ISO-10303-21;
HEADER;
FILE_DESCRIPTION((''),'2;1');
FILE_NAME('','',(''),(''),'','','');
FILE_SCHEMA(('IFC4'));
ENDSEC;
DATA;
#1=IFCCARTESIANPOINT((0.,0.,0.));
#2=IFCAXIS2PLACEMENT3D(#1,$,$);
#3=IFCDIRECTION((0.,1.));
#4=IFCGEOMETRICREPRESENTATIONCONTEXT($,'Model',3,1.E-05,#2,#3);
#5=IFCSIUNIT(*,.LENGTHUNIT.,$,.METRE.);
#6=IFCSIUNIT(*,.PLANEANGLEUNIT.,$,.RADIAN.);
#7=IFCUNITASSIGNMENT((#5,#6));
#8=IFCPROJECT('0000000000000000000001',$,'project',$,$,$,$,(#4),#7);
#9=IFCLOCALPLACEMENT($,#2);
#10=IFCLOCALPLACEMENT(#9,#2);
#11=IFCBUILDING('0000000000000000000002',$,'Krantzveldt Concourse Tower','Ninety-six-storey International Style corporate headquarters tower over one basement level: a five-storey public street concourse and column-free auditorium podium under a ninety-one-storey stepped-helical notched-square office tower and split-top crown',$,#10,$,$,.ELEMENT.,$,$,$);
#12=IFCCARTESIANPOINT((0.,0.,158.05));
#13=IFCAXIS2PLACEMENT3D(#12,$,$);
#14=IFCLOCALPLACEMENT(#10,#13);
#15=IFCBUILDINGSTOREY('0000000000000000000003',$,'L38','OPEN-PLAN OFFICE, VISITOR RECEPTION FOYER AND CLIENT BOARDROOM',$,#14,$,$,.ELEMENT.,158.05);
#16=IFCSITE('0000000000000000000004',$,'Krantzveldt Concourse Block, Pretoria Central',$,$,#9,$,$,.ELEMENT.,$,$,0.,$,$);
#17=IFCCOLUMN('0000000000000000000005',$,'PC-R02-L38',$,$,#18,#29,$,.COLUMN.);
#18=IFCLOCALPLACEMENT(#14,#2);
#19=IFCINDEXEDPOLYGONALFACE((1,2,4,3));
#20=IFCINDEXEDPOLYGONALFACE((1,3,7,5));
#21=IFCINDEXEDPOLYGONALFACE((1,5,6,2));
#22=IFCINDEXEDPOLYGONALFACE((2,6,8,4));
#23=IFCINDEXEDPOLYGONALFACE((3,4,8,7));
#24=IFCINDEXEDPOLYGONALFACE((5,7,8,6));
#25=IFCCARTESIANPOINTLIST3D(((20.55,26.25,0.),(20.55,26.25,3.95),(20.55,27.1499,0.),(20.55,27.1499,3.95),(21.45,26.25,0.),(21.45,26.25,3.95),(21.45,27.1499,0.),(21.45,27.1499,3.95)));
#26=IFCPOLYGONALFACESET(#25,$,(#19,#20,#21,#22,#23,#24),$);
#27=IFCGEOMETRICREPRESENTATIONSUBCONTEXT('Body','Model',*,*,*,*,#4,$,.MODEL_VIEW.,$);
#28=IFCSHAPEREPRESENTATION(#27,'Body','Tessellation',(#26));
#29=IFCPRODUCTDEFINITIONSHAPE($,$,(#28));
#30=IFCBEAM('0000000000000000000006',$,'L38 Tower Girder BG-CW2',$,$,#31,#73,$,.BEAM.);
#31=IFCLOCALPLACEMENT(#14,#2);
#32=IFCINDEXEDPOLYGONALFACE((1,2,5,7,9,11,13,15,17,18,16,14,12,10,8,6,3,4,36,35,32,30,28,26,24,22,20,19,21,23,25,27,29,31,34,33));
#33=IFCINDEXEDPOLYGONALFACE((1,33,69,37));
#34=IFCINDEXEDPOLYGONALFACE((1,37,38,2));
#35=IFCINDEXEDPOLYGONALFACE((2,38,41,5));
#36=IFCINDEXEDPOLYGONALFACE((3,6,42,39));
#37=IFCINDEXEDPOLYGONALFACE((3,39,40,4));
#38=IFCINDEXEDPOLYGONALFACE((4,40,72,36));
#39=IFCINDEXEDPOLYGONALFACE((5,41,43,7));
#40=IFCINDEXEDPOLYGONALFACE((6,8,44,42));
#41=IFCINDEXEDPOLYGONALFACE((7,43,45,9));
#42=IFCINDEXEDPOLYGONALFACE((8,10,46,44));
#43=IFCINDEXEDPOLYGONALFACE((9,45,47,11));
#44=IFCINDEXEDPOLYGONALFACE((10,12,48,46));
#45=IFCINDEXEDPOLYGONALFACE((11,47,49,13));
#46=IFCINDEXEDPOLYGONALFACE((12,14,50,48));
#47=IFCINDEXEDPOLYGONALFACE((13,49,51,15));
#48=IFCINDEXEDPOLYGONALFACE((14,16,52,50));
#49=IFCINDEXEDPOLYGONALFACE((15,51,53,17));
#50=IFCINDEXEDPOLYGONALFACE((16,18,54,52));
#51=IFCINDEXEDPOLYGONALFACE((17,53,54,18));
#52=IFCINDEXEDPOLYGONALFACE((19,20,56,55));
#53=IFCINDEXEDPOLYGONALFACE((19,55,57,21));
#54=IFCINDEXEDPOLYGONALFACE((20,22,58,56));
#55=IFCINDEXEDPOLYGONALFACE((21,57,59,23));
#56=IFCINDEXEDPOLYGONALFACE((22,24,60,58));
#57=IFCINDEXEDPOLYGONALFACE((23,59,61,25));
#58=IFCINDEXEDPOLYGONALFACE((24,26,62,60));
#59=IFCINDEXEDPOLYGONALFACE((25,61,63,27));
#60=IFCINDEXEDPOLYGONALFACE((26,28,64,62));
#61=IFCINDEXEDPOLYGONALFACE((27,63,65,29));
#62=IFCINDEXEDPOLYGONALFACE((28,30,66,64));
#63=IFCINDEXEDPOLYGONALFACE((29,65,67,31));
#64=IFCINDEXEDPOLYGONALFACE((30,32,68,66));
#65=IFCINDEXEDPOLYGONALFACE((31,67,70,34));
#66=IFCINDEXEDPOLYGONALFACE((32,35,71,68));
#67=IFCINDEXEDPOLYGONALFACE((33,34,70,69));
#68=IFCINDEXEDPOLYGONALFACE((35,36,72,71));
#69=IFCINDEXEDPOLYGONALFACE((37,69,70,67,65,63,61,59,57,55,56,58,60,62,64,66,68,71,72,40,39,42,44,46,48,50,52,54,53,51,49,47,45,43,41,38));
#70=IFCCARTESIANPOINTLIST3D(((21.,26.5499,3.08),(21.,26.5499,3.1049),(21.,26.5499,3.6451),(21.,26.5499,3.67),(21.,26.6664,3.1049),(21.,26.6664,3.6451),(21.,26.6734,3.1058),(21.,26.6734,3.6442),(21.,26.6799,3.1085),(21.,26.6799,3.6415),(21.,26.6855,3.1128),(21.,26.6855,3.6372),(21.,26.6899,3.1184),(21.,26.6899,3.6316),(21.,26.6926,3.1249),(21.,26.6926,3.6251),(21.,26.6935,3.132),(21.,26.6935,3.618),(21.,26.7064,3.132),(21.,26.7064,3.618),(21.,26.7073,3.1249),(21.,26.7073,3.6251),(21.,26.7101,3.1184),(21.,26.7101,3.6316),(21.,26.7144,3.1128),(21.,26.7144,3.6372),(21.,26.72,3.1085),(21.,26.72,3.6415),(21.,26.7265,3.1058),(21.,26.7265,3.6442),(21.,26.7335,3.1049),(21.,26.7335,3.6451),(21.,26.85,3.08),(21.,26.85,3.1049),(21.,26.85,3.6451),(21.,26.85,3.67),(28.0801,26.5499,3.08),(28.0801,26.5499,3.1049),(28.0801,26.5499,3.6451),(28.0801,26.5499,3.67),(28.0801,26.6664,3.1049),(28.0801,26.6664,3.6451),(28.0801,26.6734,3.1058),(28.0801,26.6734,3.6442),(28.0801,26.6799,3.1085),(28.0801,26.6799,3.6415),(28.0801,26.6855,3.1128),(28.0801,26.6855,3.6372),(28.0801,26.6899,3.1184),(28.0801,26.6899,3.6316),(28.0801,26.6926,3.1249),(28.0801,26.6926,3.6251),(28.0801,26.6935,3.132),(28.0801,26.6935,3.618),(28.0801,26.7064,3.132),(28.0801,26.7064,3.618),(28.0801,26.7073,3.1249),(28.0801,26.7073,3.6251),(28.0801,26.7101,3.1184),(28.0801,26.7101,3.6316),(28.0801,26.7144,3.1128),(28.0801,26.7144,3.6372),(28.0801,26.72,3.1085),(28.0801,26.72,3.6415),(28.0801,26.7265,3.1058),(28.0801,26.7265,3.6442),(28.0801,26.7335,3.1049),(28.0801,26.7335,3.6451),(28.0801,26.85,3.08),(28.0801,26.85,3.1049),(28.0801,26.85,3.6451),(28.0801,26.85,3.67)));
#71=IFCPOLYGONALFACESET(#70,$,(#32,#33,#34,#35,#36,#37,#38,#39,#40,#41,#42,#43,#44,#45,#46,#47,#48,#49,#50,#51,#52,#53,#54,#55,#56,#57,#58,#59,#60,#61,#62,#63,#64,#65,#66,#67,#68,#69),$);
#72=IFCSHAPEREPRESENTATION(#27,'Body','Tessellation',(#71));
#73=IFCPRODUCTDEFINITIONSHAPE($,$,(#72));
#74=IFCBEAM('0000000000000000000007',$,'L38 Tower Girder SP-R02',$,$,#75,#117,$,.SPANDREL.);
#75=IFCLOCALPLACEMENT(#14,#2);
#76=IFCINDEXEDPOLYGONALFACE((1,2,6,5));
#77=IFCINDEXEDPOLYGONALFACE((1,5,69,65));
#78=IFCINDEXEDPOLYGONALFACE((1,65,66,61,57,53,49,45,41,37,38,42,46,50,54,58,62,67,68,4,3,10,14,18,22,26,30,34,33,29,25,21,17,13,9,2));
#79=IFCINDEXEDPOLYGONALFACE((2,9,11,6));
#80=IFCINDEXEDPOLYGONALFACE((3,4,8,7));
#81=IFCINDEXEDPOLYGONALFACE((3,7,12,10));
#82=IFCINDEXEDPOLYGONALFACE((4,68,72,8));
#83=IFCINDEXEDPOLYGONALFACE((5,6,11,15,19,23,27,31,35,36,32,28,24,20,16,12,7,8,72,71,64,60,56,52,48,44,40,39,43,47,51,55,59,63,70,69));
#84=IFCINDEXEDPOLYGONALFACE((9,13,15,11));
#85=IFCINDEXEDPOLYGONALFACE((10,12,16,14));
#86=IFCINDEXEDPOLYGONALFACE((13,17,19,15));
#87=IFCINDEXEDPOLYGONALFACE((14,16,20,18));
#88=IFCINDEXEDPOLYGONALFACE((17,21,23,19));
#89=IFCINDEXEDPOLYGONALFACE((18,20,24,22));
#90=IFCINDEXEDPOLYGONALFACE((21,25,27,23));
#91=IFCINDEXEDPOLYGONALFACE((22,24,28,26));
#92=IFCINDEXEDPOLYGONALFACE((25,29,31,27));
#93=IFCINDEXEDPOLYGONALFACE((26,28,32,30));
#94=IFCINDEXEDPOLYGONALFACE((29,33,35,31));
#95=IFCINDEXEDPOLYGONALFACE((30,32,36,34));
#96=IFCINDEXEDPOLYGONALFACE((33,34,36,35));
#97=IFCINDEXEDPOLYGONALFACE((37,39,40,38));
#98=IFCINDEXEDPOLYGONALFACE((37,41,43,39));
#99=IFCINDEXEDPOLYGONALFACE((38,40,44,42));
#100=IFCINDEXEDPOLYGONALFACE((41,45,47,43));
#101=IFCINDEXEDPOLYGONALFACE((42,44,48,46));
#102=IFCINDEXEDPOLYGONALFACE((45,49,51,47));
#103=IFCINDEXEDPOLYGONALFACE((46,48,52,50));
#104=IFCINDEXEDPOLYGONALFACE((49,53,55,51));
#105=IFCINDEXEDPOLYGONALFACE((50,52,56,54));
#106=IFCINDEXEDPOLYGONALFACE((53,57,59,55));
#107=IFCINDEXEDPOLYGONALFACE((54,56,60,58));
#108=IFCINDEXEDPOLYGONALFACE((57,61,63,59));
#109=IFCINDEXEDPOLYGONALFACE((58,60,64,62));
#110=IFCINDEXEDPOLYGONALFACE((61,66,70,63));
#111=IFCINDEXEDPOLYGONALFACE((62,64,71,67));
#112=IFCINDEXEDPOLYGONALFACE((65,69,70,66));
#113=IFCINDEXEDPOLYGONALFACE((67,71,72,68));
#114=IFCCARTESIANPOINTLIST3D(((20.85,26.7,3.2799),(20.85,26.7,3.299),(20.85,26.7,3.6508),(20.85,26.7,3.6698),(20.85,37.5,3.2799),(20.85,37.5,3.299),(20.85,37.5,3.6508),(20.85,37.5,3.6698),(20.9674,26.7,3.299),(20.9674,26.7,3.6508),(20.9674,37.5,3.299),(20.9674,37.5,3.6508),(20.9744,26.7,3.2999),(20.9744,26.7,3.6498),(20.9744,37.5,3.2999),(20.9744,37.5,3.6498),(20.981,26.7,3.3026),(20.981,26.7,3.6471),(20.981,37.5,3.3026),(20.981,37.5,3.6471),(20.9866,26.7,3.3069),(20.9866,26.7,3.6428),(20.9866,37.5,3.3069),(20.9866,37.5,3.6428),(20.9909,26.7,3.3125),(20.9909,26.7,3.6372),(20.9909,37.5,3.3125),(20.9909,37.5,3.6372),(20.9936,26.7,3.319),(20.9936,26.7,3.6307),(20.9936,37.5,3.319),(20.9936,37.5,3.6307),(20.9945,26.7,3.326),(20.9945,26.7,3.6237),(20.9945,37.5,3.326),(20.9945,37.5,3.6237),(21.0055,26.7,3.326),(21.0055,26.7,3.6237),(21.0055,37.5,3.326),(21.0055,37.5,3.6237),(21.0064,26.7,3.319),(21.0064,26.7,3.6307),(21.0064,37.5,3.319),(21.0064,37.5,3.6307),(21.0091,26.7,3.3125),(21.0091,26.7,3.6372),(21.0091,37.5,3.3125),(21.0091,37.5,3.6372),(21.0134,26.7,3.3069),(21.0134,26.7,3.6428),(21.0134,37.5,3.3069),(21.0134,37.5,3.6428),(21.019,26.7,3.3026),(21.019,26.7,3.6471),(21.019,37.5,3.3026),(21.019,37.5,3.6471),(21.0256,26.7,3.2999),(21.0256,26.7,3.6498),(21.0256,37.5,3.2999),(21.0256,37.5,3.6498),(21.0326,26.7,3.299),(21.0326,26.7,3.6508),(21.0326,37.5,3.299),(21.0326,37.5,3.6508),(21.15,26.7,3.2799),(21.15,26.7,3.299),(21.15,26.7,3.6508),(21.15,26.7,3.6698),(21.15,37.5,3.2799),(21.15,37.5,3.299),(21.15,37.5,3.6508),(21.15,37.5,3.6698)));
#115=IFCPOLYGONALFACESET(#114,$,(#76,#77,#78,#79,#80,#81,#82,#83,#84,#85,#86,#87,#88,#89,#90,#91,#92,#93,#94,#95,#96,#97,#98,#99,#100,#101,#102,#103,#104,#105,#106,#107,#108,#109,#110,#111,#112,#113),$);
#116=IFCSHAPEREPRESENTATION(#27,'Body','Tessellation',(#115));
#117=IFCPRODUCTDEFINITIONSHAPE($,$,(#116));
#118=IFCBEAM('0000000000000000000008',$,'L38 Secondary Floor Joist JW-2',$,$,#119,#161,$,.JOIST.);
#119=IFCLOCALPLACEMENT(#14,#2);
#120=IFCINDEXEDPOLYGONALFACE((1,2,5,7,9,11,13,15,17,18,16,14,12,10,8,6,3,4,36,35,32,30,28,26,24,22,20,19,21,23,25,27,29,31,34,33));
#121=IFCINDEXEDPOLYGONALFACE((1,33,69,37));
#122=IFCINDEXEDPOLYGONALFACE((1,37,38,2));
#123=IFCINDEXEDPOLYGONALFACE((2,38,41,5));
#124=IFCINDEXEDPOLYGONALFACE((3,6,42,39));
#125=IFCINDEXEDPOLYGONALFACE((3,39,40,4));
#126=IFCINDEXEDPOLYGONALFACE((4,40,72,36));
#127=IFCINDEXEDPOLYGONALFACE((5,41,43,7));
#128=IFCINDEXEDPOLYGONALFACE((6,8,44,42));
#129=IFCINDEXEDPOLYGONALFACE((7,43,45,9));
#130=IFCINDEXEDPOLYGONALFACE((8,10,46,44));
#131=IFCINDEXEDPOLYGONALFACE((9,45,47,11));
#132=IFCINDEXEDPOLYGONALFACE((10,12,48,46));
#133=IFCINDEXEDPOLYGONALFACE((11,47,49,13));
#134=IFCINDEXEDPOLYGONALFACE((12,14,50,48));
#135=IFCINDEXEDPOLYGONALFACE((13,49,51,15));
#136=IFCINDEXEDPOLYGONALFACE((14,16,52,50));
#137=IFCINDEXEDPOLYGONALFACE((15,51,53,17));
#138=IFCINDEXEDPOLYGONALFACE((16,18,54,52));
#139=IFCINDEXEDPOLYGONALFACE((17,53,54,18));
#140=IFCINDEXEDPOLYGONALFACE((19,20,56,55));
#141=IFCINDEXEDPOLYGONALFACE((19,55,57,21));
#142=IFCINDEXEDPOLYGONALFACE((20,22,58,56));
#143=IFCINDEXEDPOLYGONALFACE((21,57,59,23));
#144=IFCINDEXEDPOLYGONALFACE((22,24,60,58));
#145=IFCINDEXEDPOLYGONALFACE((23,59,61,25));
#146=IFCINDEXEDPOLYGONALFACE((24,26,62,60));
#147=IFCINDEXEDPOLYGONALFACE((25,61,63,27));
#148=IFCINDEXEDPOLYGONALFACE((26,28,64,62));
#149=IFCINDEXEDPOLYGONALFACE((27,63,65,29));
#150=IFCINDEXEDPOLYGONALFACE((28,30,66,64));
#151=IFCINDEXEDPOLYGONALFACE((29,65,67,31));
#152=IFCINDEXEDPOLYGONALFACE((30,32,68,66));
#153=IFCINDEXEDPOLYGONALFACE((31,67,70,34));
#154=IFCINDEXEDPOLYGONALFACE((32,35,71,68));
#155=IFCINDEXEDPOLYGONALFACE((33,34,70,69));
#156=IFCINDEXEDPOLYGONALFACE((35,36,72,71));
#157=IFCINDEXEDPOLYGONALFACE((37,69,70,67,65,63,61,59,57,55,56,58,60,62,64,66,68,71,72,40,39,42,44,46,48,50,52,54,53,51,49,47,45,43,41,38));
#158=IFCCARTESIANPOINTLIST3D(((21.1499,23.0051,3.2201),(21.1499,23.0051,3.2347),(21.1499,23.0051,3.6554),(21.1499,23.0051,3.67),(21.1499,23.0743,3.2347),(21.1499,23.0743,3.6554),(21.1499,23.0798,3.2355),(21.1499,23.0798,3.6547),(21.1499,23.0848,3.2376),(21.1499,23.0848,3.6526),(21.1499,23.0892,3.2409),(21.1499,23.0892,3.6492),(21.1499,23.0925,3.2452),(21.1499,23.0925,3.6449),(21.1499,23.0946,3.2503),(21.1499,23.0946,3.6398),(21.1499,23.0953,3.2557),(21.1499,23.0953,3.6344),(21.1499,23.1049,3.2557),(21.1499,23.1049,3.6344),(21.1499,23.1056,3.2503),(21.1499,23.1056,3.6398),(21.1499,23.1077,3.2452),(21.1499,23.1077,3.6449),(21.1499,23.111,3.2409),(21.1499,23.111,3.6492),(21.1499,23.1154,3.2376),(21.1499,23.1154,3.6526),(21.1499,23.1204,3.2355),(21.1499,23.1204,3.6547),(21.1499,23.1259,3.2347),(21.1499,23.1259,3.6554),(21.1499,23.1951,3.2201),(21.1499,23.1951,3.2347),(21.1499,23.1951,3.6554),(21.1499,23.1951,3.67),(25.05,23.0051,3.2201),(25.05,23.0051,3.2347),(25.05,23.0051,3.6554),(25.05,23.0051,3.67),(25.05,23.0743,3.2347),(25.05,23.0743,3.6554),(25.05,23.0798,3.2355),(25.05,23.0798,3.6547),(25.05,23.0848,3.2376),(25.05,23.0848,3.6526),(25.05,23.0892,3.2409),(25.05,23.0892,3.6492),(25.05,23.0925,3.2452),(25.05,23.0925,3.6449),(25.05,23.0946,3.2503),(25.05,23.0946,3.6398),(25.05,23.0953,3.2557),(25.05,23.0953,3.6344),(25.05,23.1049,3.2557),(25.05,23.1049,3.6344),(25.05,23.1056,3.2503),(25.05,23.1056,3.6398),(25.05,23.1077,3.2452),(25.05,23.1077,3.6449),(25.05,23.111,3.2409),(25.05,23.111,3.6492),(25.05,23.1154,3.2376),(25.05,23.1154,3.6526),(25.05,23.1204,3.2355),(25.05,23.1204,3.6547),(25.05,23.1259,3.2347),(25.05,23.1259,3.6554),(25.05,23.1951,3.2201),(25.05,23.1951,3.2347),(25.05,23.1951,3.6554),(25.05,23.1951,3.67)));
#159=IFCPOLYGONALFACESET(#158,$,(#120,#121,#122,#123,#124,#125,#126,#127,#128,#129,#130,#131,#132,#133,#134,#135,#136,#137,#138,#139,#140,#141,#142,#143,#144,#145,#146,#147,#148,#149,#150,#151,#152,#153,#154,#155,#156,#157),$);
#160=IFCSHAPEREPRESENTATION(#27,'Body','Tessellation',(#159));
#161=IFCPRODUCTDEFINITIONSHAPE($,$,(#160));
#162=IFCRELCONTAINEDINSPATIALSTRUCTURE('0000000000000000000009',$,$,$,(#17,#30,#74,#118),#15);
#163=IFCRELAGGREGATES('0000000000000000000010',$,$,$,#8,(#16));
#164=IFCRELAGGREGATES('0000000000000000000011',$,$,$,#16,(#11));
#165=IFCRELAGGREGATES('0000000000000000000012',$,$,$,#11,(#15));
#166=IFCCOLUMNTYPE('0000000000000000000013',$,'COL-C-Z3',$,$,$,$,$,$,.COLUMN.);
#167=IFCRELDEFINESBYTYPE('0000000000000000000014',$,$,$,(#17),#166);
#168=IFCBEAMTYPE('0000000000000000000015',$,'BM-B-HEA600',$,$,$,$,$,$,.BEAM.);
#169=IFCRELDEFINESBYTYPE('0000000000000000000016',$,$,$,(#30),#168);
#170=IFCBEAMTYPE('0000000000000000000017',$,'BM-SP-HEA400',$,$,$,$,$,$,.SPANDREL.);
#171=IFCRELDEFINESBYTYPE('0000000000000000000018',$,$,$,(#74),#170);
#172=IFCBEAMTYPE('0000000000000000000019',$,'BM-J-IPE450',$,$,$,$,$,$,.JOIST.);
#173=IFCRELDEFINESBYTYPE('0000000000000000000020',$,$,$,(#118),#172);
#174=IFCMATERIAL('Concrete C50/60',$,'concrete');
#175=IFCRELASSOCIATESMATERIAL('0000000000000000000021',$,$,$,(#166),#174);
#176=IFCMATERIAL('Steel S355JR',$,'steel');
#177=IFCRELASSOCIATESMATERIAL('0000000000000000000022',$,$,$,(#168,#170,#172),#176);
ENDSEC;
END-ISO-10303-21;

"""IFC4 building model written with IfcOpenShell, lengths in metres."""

from ifc_helpers import new_model, si_unit, direction, frame, origin, origin_2d, place, context, subcontext, project, spatial, rectangle, i_section, extrude, source, transform, mapped, material, material_profile, profile_set, type_object, type_shapes, element, save


model = new_model("IFC4")

# Units and contexts
model_context = context("Model", 3, precision=1e-05, world=origin(), true_north=direction((0.0, 1.0)))
body_context = subcontext(model_context, "Body", "Model", "MODEL_VIEW")
ifc_project = project(units=[si_unit("LENGTHUNIT", "METRE"), si_unit("PLANEANGLEUNIT", "RADIAN")], contexts=[model_context])

# Site, building, storey
site_placement = place(None, origin())
site = spatial("IfcSite", under=ifc_project, at=site_placement, Name="Krantzveldt Concourse Block, Pretoria Central", CompositionType="ELEMENT", RefElevation=0.0)
building_placement = place(site_placement, origin())
building = spatial("IfcBuilding", under=site, at=building_placement, Name="Krantzveldt Concourse Tower", Description="Ninety-six-storey International Style corporate headquarters tower over one basement level: a five-storey public street concourse and column-free auditorium podium under a ninety-one-storey stepped-helical notched-square office tower and split-top crown", CompositionType="ELEMENT")
storey_placement = place(building_placement, frame((0.0, 0.0, 158.05)))
storey = spatial("IfcBuildingStorey", under=building, at=storey_placement, Name="L38", Description="OPEN-PLAN OFFICE, VISITOR RECEPTION FOYER AND CLIENT BOARDROOM", CompositionType="ELEMENT", Elevation=158.05)

# Column
ifc_material_1 = material(Name="Concrete C50/60", Category="concrete")
ifc_material_profile_1 = material_profile(ifc_material_1, rectangle(XDim=0.8999, YDim=0.8999, at=origin_2d()), Name="Concrete C50/60", Category="concrete")
ifc_profile_set_1 = profile_set([ifc_material_profile_1], Name="Concrete C50/60 - RC 900x900")
column_type = type_object("IfcColumnType", Name="COL-C-Z3", PredefinedType="COLUMN", material=ifc_profile_set_1)
shared_shape_1 = source(origin(), body_context, "Body", "SweptSolid", [
    extrude(rectangle(XDim=0.8999, YDim=0.8999, at=origin_2d()), origin(), (0.0, 0.0, 1.0), 3.95),
])
type_shapes(column_type, [shared_shape_1])
column_placement = place(storey_placement, frame((21.0, 26.7, 0.0), z_axis=(0.0, 0.0, 1.0), x_axis=(1.0, 0.0, 0.0)))
element("IfcColumn", 1, at=column_placement, inside=storey, type_object=column_type, Name="PC-R02-L38", PredefinedType="COLUMN", context=body_context, shape_type="MappedRepresentation", body=[
    mapped(shared_shape_1, transform((0.0, 0.0, 0.0), x_axis=(1.0, 0.0, 0.0), y_axis=(0.0, 1.0, 0.0), z_axis=(0.0, 0.0, 1.0), scale=1.0)),
])

# Beams
ifc_material_2 = material(Name="Steel S355JR", Category="steel")
ifc_material_profile_2 = material_profile(ifc_material_2, i_section(OverallWidth=0.3, OverallDepth=0.5901, WebThickness=0.0129, FlangeThickness=0.0249, FilletRadius=0.0271, at=origin_2d()), Name="Steel S355JR", Category="steel")
ifc_profile_set_2 = profile_set([ifc_material_profile_2], Name="Steel S355JR - HEA 600")
beam_type_1 = type_object("IfcBeamType", Name="BM-B-HEA600", PredefinedType="BEAM", material=ifc_profile_set_2)
shared_shape_2 = source(origin(), body_context, "Body", "SweptSolid", [
    extrude(i_section(OverallWidth=0.3, OverallDepth=0.5901, WebThickness=0.0129, FlangeThickness=0.0249, FilletRadius=0.0271, at=origin_2d()), origin(), (0.0, 0.0, 1.0), 7.0801),
])
type_shapes(beam_type_1, [shared_shape_2])
beam_1_placement = place(storey_placement, frame((21.0, 26.7, 3.375), z_axis=(1.0, 0.0, 0.0), x_axis=(0.0, 1.0, 0.0)))
element("IfcBeam", 2, at=beam_1_placement, inside=storey, type_object=beam_type_1, Name="L38 Tower Girder BG-CW2", PredefinedType="BEAM", context=body_context, shape_type="MappedRepresentation", body=[
    mapped(shared_shape_2, transform((0.0, 0.0, 0.0), x_axis=(1.0, 0.0, 0.0), y_axis=(0.0, 1.0, 0.0), z_axis=(0.0, 0.0, 1.0), scale=1.0)),
])
ifc_material_profile_3 = material_profile(ifc_material_2, i_section(OverallWidth=0.3, OverallDepth=0.3899, WebThickness=0.011, FlangeThickness=0.019, FilletRadius=0.0271, at=origin_2d()), Name="Steel S355JR", Category="steel")
ifc_profile_set_3 = profile_set([ifc_material_profile_3], Name="Steel S355JR - HEA 400")
beam_type_2 = type_object("IfcBeamType", Name="BM-SP-HEA400", PredefinedType="SPANDREL", material=ifc_profile_set_3)
shared_shape_3 = source(origin(), body_context, "Body", "SweptSolid", [
    extrude(i_section(OverallWidth=0.3, OverallDepth=0.3899, WebThickness=0.011, FlangeThickness=0.019, FilletRadius=0.0271, at=origin_2d()), origin(), (0.0, 0.0, 1.0), 10.8),
])
type_shapes(beam_type_2, [shared_shape_3])
beam_2_placement = place(storey_placement, frame((21.0, 26.7, 3.4749), z_axis=(0.0, 1.0, 0.0), x_axis=(-1.0, 0.0, 0.0)))
element("IfcBeam", 3, at=beam_2_placement, inside=storey, type_object=beam_type_2, Name="L38 Tower Girder SP-R02", PredefinedType="SPANDREL", context=body_context, shape_type="MappedRepresentation", body=[
    mapped(shared_shape_3, transform((0.0, 0.0, 0.0), x_axis=(1.0, 0.0, 0.0), y_axis=(0.0, 1.0, 0.0), z_axis=(0.0, 0.0, 1.0), scale=1.0)),
])
ifc_material_profile_4 = material_profile(ifc_material_2, i_section(OverallWidth=0.1899, OverallDepth=0.45, WebThickness=0.0095, FlangeThickness=0.0146, FilletRadius=0.021, at=origin_2d()), Name="Steel S355JR", Category="steel")
ifc_profile_set_4 = profile_set([ifc_material_profile_4], Name="Steel S355JR - IPE 450")
beam_type_3 = type_object("IfcBeamType", Name="BM-J-IPE450", PredefinedType="JOIST", material=ifc_profile_set_4)
shared_shape_4 = source(origin(), body_context, "Body", "SweptSolid", [
    extrude(i_section(OverallWidth=0.1899, OverallDepth=0.45, WebThickness=0.0095, FlangeThickness=0.0146, FilletRadius=0.021, at=origin_2d()), origin(), (0.0, 0.0, 1.0), 3.9001),
])
type_shapes(beam_type_3, [shared_shape_4])
beam_3_placement = place(storey_placement, frame((21.1499, 23.1001, 3.4451), z_axis=(1.0, 0.0, 0.0), x_axis=(0.0, 1.0, 0.0)))
element("IfcBeam", 4, at=beam_3_placement, inside=storey, type_object=beam_type_3, Name="L38 Secondary Floor Joist JW-2", PredefinedType="JOIST", context=body_context, shape_type="MappedRepresentation", body=[
    mapped(shared_shape_4, transform((0.0, 0.0, 0.0), x_axis=(1.0, 0.0, 0.0), y_axis=(0.0, 1.0, 0.0), z_axis=(0.0, 0.0, 1.0), scale=1.0)),
])

save(model, "model.ifc")
